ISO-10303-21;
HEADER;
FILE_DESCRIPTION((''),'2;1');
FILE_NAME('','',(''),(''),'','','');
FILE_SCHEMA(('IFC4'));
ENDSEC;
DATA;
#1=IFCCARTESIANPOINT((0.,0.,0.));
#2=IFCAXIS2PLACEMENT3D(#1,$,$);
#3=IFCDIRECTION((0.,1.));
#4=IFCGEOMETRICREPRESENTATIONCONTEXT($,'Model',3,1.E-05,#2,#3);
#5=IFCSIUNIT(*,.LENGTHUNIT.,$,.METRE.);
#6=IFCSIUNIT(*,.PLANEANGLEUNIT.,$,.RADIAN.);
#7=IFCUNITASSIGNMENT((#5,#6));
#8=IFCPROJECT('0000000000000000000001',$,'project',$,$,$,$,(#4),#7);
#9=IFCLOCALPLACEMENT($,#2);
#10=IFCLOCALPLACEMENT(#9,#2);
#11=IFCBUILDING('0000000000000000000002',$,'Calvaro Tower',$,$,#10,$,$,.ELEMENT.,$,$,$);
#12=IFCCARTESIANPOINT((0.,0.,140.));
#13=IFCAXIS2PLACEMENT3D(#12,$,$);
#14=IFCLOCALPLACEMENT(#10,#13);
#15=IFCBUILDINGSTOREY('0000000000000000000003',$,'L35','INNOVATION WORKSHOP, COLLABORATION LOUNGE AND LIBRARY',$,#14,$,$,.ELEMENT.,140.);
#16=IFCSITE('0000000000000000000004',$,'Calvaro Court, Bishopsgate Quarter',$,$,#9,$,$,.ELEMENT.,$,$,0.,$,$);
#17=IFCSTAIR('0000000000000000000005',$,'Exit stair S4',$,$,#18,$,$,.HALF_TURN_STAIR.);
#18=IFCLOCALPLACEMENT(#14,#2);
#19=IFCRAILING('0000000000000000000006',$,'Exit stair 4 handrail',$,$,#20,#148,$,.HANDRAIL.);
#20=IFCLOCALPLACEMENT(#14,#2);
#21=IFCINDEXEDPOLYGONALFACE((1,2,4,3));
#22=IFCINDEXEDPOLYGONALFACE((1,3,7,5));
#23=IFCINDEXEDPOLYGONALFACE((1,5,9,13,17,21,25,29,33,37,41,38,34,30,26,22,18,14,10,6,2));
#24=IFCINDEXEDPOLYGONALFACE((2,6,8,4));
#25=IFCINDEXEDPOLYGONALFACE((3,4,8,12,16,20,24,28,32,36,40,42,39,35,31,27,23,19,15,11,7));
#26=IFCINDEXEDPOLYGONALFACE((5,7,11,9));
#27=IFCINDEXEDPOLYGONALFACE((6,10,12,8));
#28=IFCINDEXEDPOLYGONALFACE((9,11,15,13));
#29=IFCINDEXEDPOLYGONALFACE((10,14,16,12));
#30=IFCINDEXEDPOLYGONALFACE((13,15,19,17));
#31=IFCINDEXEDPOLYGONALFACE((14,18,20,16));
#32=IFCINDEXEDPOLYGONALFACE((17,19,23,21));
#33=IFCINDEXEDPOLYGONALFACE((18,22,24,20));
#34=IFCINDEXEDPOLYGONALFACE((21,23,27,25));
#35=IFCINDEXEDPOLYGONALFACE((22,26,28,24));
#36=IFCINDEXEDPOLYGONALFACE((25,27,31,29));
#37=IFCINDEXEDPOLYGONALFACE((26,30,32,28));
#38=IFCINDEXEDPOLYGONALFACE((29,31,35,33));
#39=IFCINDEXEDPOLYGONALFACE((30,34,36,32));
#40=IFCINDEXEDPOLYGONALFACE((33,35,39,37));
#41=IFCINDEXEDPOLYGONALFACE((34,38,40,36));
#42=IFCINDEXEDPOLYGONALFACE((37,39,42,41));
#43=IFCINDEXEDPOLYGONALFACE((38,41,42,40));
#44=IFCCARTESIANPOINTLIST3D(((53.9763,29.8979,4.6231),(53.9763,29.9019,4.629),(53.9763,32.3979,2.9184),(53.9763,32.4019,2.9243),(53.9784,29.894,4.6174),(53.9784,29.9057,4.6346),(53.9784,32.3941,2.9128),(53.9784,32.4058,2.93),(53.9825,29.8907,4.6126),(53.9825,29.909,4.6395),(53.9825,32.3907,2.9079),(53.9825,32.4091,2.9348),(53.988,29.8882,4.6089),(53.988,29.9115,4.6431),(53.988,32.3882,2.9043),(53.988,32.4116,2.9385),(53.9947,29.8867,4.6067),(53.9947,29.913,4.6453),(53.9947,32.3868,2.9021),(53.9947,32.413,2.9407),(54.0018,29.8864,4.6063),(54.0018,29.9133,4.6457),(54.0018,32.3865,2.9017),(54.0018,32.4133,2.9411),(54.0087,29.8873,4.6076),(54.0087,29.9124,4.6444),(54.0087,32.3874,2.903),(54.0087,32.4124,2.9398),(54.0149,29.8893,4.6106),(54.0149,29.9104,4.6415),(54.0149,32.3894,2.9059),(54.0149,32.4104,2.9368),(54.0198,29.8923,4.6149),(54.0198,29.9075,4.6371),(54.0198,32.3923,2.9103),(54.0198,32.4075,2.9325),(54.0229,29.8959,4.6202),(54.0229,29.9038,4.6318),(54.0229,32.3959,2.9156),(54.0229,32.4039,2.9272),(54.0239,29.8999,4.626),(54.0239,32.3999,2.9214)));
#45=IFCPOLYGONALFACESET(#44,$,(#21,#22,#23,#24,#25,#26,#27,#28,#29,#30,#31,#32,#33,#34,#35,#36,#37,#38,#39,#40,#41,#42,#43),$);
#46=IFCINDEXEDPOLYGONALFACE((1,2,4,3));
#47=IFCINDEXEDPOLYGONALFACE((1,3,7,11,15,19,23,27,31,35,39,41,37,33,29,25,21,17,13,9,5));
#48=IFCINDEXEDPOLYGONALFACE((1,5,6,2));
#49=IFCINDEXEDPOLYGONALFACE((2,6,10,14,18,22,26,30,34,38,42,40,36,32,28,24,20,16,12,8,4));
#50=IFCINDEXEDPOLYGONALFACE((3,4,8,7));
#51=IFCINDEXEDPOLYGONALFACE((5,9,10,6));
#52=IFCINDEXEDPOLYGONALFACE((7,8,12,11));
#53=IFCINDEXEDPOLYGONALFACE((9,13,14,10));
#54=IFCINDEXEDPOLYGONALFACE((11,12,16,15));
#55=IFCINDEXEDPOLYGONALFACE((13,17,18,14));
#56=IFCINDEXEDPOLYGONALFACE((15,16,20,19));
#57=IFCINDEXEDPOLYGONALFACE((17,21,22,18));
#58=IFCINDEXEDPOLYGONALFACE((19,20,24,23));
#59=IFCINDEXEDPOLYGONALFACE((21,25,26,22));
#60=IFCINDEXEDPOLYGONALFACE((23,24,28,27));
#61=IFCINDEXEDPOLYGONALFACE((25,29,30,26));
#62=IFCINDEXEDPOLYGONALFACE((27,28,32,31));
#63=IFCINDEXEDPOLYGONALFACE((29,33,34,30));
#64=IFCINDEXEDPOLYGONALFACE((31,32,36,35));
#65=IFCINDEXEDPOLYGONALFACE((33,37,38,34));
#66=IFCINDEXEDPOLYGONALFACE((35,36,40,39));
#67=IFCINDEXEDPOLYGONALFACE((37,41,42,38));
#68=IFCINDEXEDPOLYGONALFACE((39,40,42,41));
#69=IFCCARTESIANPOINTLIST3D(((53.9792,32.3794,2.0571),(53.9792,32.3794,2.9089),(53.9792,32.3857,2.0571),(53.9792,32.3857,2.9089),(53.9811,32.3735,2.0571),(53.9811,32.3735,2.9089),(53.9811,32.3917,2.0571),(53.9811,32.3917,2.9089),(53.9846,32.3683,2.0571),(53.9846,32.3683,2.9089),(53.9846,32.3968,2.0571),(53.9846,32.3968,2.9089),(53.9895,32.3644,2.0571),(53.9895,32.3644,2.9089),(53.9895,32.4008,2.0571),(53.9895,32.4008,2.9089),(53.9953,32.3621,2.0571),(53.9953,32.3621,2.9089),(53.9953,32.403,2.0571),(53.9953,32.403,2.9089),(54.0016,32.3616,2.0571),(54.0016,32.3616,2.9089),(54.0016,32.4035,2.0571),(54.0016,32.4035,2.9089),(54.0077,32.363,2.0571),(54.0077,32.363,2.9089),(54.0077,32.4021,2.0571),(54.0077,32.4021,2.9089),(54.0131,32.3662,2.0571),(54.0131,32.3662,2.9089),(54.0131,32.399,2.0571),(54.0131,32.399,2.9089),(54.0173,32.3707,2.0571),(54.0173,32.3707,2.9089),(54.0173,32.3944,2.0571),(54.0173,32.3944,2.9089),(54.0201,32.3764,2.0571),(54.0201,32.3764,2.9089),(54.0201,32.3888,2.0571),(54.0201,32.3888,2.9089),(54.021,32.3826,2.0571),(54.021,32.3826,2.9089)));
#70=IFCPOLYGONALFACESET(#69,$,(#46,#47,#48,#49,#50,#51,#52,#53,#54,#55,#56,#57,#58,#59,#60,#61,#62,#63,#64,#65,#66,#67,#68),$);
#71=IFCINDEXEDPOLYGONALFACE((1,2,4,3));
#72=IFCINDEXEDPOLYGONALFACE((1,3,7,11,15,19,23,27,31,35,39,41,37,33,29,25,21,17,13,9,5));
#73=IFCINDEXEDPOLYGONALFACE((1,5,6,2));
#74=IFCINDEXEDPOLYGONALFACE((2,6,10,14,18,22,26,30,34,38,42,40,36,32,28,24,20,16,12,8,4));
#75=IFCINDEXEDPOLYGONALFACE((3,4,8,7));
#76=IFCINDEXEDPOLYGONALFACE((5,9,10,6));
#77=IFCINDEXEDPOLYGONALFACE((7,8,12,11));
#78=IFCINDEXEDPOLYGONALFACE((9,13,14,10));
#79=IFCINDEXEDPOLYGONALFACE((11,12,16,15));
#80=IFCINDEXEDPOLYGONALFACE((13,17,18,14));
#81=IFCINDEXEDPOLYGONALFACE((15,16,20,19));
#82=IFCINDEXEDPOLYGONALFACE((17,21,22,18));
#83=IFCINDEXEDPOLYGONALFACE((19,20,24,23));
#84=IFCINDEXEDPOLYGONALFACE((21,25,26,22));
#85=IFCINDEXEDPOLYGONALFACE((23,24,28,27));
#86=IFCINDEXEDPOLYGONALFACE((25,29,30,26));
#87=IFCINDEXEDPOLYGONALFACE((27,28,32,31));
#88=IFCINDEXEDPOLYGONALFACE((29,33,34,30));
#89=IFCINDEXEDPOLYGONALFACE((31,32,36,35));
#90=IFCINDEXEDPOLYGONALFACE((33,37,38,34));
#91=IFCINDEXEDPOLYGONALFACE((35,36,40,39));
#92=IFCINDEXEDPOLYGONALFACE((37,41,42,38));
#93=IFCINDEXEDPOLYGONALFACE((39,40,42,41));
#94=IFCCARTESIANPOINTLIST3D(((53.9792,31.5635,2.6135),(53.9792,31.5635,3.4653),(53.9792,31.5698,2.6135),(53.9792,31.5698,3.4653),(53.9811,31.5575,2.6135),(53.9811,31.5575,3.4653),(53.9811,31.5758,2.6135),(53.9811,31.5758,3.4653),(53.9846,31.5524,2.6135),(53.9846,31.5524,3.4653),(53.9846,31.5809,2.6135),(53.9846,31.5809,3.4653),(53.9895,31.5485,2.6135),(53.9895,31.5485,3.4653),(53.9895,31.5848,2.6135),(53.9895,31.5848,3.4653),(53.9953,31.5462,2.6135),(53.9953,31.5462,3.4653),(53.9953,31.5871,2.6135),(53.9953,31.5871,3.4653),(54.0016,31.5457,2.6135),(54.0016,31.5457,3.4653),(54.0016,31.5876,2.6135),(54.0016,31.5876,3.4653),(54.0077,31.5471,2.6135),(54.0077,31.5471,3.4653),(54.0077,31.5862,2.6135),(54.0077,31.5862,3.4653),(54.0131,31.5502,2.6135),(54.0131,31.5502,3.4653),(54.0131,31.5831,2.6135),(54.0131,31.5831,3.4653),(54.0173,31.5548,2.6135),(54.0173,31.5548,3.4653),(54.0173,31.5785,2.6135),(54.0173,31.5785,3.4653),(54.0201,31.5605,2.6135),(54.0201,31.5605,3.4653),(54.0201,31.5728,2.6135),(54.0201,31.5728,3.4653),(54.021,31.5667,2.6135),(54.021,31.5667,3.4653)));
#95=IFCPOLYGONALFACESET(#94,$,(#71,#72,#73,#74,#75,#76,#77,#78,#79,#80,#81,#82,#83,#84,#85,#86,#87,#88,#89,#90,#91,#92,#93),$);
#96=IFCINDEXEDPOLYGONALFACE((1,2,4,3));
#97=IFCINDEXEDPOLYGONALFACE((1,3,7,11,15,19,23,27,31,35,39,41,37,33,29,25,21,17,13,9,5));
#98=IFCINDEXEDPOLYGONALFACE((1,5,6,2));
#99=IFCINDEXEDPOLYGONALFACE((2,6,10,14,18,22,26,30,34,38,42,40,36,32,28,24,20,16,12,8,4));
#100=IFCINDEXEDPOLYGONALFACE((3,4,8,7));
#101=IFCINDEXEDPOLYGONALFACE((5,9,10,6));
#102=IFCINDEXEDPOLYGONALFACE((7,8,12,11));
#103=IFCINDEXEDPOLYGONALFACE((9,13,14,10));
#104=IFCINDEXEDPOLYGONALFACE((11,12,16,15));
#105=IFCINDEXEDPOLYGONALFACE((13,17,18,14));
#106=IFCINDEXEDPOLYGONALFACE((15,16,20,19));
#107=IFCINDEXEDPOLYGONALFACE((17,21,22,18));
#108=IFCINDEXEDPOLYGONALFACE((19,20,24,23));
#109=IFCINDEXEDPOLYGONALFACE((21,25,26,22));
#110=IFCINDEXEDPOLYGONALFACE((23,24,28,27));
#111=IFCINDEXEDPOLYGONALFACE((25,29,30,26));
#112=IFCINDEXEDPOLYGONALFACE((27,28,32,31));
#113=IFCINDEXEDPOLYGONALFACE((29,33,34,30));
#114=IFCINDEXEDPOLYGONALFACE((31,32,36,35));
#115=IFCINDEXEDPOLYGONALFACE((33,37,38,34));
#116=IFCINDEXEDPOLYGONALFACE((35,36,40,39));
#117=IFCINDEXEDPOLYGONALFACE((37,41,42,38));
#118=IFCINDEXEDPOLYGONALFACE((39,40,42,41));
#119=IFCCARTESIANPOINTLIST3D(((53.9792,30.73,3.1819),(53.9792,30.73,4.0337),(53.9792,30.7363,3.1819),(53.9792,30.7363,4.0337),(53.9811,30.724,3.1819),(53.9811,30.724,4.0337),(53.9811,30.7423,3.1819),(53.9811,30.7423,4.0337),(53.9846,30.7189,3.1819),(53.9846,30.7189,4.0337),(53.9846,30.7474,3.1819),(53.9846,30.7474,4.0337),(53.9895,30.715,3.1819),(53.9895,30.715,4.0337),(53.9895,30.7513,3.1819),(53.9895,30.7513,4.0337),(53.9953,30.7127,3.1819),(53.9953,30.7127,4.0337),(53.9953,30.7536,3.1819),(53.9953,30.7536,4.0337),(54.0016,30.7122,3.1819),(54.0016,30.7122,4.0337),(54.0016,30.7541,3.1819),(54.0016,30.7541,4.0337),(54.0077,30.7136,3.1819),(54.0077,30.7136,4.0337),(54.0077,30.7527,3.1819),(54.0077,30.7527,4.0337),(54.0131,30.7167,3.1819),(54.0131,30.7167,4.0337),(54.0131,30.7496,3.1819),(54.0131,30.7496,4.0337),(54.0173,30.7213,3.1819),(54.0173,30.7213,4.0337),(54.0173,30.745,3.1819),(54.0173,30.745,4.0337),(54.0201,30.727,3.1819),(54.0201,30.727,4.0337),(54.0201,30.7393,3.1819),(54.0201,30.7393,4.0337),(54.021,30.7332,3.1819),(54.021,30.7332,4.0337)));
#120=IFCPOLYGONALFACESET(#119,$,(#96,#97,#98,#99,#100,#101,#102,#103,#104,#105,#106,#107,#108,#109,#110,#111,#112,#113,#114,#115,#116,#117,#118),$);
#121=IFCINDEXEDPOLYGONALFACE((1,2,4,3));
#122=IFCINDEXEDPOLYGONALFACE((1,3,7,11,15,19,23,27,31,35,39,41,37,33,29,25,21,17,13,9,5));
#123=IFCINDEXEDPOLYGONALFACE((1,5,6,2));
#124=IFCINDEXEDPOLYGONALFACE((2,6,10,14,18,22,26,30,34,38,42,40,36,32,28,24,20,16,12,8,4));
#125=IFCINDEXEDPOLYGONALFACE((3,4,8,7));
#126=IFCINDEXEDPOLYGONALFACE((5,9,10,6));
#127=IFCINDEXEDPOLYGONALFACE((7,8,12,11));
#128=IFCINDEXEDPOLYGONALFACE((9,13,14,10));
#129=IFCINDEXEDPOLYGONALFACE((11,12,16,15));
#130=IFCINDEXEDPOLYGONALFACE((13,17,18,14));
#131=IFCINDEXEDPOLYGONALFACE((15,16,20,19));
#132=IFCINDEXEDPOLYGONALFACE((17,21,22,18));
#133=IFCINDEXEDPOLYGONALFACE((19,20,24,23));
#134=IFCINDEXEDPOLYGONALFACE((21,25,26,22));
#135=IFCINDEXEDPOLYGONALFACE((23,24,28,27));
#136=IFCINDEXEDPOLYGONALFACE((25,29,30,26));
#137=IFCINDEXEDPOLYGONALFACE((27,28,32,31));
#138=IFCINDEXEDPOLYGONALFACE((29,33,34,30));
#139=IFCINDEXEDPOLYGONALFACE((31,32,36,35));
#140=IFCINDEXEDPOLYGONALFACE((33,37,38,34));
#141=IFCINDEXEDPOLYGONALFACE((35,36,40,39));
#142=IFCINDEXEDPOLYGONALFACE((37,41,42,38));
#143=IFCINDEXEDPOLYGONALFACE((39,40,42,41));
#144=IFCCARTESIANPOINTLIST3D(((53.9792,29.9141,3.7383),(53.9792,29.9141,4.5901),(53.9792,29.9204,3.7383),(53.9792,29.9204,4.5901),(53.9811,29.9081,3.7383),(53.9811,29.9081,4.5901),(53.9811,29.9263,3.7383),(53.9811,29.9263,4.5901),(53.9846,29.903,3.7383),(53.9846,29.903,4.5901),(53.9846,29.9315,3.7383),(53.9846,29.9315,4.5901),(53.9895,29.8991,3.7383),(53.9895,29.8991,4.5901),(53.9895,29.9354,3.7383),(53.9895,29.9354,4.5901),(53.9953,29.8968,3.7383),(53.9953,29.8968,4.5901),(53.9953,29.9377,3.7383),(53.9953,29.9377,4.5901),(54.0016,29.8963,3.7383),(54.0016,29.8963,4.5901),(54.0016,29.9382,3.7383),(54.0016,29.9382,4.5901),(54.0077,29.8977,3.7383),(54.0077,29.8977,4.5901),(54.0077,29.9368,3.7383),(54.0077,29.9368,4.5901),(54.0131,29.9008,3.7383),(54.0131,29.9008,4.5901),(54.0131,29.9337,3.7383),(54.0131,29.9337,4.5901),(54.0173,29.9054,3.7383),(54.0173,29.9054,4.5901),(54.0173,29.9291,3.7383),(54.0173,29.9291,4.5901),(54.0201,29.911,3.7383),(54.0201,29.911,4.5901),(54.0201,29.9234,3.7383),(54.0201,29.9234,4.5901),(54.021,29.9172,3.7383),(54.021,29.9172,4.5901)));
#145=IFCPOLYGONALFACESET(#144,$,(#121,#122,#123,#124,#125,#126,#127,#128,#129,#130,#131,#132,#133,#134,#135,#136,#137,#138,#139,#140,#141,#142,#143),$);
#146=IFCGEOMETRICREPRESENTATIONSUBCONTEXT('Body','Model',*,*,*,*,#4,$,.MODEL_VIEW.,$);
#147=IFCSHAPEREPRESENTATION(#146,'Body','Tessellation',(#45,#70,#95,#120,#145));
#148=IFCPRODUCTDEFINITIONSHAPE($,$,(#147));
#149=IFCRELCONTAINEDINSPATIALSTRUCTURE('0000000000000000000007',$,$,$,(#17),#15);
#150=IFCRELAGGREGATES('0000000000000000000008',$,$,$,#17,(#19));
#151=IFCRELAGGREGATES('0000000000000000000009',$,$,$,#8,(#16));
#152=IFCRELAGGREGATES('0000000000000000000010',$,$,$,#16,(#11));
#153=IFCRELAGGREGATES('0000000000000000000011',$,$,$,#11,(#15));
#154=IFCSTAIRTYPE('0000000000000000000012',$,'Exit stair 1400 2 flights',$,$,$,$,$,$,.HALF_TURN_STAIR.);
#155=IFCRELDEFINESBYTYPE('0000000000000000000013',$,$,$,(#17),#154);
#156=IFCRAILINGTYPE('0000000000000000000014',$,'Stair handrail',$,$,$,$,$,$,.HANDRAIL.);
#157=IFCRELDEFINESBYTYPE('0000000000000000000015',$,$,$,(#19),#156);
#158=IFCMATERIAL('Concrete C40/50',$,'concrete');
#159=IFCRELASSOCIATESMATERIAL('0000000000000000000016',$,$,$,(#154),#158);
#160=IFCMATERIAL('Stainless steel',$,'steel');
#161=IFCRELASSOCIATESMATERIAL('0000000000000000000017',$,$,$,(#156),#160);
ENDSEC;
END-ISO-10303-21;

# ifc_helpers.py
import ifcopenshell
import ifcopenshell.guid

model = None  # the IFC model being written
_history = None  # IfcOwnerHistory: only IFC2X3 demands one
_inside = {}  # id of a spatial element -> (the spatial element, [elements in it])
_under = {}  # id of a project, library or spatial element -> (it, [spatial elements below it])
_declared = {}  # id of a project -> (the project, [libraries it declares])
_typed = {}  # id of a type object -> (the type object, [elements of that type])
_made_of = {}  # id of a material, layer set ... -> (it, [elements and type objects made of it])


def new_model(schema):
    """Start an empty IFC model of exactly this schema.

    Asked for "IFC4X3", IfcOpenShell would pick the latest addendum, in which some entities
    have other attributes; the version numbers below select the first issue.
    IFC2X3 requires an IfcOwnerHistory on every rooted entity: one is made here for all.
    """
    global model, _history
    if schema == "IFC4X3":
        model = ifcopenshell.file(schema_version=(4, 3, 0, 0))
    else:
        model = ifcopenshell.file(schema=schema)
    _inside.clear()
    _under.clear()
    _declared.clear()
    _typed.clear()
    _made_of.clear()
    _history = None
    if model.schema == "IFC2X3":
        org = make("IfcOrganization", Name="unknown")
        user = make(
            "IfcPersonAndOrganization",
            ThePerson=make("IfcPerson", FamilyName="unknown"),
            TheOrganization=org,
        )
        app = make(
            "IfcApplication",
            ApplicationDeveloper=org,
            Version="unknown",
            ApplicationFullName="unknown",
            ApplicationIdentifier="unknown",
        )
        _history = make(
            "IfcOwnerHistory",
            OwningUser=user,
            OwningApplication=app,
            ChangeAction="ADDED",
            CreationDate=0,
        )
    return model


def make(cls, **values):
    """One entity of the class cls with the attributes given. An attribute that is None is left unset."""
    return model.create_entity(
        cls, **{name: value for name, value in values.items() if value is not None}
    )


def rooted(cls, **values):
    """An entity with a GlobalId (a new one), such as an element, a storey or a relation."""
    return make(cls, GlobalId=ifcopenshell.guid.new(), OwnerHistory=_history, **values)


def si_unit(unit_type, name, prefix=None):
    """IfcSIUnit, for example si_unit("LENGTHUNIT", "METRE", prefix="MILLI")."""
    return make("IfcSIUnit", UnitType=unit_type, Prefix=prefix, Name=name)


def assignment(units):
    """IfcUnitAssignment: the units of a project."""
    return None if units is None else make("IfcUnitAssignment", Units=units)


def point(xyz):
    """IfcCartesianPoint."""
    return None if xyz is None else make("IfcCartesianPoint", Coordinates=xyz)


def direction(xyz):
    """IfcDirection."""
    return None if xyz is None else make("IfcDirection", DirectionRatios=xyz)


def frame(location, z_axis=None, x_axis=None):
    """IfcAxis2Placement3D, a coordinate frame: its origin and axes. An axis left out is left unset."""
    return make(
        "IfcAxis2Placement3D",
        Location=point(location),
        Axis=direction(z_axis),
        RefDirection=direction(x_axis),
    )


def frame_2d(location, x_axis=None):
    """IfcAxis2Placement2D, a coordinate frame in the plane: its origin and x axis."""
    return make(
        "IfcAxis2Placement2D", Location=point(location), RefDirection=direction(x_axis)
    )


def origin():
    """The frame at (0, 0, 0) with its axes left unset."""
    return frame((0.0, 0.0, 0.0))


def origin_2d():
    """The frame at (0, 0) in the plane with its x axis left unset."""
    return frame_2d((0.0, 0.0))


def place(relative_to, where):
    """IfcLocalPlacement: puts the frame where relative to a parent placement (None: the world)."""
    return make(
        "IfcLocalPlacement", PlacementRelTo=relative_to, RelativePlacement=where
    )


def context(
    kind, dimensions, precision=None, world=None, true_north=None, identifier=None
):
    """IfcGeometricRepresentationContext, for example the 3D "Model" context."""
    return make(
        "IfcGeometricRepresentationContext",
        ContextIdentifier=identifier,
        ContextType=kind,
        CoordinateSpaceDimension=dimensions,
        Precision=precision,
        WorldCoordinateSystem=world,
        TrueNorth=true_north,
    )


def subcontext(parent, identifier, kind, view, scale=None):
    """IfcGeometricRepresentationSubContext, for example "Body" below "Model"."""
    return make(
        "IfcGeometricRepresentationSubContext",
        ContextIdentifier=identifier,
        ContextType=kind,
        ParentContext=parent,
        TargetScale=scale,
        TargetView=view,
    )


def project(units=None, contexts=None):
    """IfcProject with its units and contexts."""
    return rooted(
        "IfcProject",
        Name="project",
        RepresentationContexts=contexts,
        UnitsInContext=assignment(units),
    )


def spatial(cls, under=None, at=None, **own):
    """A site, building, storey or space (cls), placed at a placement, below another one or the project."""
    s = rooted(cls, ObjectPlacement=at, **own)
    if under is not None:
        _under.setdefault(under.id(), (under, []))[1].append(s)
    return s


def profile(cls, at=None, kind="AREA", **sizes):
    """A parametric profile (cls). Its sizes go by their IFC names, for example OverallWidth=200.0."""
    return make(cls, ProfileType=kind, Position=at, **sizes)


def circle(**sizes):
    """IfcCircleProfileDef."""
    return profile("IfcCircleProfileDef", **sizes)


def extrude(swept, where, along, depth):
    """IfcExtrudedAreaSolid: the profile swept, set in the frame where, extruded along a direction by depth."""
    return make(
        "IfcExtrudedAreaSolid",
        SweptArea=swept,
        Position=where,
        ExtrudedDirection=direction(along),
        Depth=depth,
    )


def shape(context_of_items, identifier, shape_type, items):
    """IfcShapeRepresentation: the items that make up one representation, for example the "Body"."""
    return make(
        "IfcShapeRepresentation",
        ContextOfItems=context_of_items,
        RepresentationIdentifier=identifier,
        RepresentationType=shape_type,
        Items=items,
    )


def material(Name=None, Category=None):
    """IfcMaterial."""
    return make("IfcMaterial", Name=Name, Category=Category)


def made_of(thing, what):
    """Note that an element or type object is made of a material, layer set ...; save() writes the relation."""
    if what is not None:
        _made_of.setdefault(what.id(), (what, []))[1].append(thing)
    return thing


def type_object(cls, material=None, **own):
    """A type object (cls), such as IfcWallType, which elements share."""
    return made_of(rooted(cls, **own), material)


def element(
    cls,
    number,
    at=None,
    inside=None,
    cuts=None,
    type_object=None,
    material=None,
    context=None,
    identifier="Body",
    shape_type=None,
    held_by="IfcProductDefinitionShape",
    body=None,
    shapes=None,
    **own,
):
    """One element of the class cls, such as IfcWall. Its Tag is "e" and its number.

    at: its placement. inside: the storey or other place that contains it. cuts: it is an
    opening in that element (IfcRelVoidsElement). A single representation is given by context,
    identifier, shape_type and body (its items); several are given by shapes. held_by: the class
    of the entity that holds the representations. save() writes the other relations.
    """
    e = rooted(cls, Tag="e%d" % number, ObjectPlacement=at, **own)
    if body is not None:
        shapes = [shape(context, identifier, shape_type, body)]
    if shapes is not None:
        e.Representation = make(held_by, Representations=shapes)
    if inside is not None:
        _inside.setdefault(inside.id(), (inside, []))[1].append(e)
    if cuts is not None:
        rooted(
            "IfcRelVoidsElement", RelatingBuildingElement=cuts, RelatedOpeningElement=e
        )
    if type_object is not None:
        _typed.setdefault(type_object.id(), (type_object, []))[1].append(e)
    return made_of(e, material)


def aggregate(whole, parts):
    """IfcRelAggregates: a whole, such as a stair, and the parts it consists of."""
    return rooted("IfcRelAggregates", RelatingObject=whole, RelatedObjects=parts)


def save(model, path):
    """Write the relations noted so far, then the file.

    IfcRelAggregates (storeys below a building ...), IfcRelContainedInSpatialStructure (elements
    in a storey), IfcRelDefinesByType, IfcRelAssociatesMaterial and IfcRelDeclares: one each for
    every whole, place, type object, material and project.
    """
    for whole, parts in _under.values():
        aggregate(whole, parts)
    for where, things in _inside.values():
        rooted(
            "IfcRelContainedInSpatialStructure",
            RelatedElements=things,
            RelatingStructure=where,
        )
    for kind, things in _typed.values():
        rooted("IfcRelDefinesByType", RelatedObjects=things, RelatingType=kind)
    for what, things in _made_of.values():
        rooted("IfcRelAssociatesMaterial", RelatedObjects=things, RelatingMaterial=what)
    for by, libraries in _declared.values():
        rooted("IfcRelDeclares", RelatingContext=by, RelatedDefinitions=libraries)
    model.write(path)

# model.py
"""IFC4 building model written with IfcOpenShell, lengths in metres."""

from ifc_helpers import new_model, si_unit, direction, frame, origin, origin_2d, place, context, subcontext, project, spatial, circle, extrude, material, type_object, element, aggregate, save


model = new_model("IFC4")

# Units and contexts
model_context = context("Model", 3, precision=1e-05, world=origin(), true_north=direction((0.0, 1.0)))
body_context = subcontext(model_context, "Body", "Model", "MODEL_VIEW")
ifc_project = project(units=[si_unit("LENGTHUNIT", "METRE"), si_unit("PLANEANGLEUNIT", "RADIAN")], contexts=[model_context])

# Site, building, storey
site_placement = place(None, origin())
site = spatial("IfcSite", under=ifc_project, at=site_placement, Name="Calvaro Court, Bishopsgate Quarter", CompositionType="ELEMENT", RefElevation=0.0)
building_placement = place(site_placement, origin())
building = spatial("IfcBuilding", under=site, at=building_placement, Name="Calvaro Tower", CompositionType="ELEMENT")
storey_placement = place(building_placement, frame((0.0, 0.0, 140.0)))
storey = spatial("IfcBuildingStorey", under=building, at=storey_placement, Name="L35", Description="INNOVATION WORKSHOP, COLLABORATION LOUNGE AND LIBRARY", CompositionType="ELEMENT", Elevation=140.0)

# Shared definitions
ifc_material_1 = material(Name="Concrete C40/50", Category="concrete")
stair_type = type_object("IfcStairType", Name="Exit stair 1400 2 flights", PredefinedType="HALF_TURN_STAIR", material=ifc_material_1)

# Stair, railing
stair_1_placement = place(storey_placement, origin())
stair_1 = element("IfcStair", 1, at=stair_1_placement, inside=storey, type_object=stair_type, Name="Exit stair S4", PredefinedType="HALF_TURN_STAIR")
ifc_material_2 = material(Name="Stainless steel", Category="steel")
railing_type = type_object("IfcRailingType", Name="Stair handrail", PredefinedType="HANDRAIL", material=ifc_material_2)
railing_1_placement = place(storey_placement, frame((54.0, 32.3999, 2.0454)))
railing_1 = element("IfcRailing", 2, at=railing_1_placement, type_object=railing_type, Name="Exit stair 4 handrail", PredefinedType="HANDRAIL", context=body_context, shape_type="SweptSolid", body=[
    extrude(circle(Radius=0.0239, at=origin_2d()), frame((0.0, 0.0, 0.876), z_axis=(0.0, -0.826221, 0.563347), x_axis=(1.0, 0.0, 0.0)), (0.0, 0.0, 1.0), 3.0259),
    extrude(circle(Radius=0.021, at=origin_2d()), frame((0.0, -0.0173, 0.0117)), (0.0, 0.0, 1.0), 0.8518),
    extrude(circle(Radius=0.021, at=origin_2d()), frame((0.0, -0.8333, 0.5681)), (0.0, 0.0, 1.0), 0.8518),
    extrude(circle(Radius=0.021, at=origin_2d()), frame((0.0, -1.6667, 1.1365)), (0.0, 0.0, 1.0), 0.8518),
    extrude(circle(Radius=0.021, at=origin_2d()), frame((0.0, -2.4827, 1.6929)), (0.0, 0.0, 1.0), 0.8518),
])
aggregate(stair_1, [railing_1])

save(model, "model.ifc")
